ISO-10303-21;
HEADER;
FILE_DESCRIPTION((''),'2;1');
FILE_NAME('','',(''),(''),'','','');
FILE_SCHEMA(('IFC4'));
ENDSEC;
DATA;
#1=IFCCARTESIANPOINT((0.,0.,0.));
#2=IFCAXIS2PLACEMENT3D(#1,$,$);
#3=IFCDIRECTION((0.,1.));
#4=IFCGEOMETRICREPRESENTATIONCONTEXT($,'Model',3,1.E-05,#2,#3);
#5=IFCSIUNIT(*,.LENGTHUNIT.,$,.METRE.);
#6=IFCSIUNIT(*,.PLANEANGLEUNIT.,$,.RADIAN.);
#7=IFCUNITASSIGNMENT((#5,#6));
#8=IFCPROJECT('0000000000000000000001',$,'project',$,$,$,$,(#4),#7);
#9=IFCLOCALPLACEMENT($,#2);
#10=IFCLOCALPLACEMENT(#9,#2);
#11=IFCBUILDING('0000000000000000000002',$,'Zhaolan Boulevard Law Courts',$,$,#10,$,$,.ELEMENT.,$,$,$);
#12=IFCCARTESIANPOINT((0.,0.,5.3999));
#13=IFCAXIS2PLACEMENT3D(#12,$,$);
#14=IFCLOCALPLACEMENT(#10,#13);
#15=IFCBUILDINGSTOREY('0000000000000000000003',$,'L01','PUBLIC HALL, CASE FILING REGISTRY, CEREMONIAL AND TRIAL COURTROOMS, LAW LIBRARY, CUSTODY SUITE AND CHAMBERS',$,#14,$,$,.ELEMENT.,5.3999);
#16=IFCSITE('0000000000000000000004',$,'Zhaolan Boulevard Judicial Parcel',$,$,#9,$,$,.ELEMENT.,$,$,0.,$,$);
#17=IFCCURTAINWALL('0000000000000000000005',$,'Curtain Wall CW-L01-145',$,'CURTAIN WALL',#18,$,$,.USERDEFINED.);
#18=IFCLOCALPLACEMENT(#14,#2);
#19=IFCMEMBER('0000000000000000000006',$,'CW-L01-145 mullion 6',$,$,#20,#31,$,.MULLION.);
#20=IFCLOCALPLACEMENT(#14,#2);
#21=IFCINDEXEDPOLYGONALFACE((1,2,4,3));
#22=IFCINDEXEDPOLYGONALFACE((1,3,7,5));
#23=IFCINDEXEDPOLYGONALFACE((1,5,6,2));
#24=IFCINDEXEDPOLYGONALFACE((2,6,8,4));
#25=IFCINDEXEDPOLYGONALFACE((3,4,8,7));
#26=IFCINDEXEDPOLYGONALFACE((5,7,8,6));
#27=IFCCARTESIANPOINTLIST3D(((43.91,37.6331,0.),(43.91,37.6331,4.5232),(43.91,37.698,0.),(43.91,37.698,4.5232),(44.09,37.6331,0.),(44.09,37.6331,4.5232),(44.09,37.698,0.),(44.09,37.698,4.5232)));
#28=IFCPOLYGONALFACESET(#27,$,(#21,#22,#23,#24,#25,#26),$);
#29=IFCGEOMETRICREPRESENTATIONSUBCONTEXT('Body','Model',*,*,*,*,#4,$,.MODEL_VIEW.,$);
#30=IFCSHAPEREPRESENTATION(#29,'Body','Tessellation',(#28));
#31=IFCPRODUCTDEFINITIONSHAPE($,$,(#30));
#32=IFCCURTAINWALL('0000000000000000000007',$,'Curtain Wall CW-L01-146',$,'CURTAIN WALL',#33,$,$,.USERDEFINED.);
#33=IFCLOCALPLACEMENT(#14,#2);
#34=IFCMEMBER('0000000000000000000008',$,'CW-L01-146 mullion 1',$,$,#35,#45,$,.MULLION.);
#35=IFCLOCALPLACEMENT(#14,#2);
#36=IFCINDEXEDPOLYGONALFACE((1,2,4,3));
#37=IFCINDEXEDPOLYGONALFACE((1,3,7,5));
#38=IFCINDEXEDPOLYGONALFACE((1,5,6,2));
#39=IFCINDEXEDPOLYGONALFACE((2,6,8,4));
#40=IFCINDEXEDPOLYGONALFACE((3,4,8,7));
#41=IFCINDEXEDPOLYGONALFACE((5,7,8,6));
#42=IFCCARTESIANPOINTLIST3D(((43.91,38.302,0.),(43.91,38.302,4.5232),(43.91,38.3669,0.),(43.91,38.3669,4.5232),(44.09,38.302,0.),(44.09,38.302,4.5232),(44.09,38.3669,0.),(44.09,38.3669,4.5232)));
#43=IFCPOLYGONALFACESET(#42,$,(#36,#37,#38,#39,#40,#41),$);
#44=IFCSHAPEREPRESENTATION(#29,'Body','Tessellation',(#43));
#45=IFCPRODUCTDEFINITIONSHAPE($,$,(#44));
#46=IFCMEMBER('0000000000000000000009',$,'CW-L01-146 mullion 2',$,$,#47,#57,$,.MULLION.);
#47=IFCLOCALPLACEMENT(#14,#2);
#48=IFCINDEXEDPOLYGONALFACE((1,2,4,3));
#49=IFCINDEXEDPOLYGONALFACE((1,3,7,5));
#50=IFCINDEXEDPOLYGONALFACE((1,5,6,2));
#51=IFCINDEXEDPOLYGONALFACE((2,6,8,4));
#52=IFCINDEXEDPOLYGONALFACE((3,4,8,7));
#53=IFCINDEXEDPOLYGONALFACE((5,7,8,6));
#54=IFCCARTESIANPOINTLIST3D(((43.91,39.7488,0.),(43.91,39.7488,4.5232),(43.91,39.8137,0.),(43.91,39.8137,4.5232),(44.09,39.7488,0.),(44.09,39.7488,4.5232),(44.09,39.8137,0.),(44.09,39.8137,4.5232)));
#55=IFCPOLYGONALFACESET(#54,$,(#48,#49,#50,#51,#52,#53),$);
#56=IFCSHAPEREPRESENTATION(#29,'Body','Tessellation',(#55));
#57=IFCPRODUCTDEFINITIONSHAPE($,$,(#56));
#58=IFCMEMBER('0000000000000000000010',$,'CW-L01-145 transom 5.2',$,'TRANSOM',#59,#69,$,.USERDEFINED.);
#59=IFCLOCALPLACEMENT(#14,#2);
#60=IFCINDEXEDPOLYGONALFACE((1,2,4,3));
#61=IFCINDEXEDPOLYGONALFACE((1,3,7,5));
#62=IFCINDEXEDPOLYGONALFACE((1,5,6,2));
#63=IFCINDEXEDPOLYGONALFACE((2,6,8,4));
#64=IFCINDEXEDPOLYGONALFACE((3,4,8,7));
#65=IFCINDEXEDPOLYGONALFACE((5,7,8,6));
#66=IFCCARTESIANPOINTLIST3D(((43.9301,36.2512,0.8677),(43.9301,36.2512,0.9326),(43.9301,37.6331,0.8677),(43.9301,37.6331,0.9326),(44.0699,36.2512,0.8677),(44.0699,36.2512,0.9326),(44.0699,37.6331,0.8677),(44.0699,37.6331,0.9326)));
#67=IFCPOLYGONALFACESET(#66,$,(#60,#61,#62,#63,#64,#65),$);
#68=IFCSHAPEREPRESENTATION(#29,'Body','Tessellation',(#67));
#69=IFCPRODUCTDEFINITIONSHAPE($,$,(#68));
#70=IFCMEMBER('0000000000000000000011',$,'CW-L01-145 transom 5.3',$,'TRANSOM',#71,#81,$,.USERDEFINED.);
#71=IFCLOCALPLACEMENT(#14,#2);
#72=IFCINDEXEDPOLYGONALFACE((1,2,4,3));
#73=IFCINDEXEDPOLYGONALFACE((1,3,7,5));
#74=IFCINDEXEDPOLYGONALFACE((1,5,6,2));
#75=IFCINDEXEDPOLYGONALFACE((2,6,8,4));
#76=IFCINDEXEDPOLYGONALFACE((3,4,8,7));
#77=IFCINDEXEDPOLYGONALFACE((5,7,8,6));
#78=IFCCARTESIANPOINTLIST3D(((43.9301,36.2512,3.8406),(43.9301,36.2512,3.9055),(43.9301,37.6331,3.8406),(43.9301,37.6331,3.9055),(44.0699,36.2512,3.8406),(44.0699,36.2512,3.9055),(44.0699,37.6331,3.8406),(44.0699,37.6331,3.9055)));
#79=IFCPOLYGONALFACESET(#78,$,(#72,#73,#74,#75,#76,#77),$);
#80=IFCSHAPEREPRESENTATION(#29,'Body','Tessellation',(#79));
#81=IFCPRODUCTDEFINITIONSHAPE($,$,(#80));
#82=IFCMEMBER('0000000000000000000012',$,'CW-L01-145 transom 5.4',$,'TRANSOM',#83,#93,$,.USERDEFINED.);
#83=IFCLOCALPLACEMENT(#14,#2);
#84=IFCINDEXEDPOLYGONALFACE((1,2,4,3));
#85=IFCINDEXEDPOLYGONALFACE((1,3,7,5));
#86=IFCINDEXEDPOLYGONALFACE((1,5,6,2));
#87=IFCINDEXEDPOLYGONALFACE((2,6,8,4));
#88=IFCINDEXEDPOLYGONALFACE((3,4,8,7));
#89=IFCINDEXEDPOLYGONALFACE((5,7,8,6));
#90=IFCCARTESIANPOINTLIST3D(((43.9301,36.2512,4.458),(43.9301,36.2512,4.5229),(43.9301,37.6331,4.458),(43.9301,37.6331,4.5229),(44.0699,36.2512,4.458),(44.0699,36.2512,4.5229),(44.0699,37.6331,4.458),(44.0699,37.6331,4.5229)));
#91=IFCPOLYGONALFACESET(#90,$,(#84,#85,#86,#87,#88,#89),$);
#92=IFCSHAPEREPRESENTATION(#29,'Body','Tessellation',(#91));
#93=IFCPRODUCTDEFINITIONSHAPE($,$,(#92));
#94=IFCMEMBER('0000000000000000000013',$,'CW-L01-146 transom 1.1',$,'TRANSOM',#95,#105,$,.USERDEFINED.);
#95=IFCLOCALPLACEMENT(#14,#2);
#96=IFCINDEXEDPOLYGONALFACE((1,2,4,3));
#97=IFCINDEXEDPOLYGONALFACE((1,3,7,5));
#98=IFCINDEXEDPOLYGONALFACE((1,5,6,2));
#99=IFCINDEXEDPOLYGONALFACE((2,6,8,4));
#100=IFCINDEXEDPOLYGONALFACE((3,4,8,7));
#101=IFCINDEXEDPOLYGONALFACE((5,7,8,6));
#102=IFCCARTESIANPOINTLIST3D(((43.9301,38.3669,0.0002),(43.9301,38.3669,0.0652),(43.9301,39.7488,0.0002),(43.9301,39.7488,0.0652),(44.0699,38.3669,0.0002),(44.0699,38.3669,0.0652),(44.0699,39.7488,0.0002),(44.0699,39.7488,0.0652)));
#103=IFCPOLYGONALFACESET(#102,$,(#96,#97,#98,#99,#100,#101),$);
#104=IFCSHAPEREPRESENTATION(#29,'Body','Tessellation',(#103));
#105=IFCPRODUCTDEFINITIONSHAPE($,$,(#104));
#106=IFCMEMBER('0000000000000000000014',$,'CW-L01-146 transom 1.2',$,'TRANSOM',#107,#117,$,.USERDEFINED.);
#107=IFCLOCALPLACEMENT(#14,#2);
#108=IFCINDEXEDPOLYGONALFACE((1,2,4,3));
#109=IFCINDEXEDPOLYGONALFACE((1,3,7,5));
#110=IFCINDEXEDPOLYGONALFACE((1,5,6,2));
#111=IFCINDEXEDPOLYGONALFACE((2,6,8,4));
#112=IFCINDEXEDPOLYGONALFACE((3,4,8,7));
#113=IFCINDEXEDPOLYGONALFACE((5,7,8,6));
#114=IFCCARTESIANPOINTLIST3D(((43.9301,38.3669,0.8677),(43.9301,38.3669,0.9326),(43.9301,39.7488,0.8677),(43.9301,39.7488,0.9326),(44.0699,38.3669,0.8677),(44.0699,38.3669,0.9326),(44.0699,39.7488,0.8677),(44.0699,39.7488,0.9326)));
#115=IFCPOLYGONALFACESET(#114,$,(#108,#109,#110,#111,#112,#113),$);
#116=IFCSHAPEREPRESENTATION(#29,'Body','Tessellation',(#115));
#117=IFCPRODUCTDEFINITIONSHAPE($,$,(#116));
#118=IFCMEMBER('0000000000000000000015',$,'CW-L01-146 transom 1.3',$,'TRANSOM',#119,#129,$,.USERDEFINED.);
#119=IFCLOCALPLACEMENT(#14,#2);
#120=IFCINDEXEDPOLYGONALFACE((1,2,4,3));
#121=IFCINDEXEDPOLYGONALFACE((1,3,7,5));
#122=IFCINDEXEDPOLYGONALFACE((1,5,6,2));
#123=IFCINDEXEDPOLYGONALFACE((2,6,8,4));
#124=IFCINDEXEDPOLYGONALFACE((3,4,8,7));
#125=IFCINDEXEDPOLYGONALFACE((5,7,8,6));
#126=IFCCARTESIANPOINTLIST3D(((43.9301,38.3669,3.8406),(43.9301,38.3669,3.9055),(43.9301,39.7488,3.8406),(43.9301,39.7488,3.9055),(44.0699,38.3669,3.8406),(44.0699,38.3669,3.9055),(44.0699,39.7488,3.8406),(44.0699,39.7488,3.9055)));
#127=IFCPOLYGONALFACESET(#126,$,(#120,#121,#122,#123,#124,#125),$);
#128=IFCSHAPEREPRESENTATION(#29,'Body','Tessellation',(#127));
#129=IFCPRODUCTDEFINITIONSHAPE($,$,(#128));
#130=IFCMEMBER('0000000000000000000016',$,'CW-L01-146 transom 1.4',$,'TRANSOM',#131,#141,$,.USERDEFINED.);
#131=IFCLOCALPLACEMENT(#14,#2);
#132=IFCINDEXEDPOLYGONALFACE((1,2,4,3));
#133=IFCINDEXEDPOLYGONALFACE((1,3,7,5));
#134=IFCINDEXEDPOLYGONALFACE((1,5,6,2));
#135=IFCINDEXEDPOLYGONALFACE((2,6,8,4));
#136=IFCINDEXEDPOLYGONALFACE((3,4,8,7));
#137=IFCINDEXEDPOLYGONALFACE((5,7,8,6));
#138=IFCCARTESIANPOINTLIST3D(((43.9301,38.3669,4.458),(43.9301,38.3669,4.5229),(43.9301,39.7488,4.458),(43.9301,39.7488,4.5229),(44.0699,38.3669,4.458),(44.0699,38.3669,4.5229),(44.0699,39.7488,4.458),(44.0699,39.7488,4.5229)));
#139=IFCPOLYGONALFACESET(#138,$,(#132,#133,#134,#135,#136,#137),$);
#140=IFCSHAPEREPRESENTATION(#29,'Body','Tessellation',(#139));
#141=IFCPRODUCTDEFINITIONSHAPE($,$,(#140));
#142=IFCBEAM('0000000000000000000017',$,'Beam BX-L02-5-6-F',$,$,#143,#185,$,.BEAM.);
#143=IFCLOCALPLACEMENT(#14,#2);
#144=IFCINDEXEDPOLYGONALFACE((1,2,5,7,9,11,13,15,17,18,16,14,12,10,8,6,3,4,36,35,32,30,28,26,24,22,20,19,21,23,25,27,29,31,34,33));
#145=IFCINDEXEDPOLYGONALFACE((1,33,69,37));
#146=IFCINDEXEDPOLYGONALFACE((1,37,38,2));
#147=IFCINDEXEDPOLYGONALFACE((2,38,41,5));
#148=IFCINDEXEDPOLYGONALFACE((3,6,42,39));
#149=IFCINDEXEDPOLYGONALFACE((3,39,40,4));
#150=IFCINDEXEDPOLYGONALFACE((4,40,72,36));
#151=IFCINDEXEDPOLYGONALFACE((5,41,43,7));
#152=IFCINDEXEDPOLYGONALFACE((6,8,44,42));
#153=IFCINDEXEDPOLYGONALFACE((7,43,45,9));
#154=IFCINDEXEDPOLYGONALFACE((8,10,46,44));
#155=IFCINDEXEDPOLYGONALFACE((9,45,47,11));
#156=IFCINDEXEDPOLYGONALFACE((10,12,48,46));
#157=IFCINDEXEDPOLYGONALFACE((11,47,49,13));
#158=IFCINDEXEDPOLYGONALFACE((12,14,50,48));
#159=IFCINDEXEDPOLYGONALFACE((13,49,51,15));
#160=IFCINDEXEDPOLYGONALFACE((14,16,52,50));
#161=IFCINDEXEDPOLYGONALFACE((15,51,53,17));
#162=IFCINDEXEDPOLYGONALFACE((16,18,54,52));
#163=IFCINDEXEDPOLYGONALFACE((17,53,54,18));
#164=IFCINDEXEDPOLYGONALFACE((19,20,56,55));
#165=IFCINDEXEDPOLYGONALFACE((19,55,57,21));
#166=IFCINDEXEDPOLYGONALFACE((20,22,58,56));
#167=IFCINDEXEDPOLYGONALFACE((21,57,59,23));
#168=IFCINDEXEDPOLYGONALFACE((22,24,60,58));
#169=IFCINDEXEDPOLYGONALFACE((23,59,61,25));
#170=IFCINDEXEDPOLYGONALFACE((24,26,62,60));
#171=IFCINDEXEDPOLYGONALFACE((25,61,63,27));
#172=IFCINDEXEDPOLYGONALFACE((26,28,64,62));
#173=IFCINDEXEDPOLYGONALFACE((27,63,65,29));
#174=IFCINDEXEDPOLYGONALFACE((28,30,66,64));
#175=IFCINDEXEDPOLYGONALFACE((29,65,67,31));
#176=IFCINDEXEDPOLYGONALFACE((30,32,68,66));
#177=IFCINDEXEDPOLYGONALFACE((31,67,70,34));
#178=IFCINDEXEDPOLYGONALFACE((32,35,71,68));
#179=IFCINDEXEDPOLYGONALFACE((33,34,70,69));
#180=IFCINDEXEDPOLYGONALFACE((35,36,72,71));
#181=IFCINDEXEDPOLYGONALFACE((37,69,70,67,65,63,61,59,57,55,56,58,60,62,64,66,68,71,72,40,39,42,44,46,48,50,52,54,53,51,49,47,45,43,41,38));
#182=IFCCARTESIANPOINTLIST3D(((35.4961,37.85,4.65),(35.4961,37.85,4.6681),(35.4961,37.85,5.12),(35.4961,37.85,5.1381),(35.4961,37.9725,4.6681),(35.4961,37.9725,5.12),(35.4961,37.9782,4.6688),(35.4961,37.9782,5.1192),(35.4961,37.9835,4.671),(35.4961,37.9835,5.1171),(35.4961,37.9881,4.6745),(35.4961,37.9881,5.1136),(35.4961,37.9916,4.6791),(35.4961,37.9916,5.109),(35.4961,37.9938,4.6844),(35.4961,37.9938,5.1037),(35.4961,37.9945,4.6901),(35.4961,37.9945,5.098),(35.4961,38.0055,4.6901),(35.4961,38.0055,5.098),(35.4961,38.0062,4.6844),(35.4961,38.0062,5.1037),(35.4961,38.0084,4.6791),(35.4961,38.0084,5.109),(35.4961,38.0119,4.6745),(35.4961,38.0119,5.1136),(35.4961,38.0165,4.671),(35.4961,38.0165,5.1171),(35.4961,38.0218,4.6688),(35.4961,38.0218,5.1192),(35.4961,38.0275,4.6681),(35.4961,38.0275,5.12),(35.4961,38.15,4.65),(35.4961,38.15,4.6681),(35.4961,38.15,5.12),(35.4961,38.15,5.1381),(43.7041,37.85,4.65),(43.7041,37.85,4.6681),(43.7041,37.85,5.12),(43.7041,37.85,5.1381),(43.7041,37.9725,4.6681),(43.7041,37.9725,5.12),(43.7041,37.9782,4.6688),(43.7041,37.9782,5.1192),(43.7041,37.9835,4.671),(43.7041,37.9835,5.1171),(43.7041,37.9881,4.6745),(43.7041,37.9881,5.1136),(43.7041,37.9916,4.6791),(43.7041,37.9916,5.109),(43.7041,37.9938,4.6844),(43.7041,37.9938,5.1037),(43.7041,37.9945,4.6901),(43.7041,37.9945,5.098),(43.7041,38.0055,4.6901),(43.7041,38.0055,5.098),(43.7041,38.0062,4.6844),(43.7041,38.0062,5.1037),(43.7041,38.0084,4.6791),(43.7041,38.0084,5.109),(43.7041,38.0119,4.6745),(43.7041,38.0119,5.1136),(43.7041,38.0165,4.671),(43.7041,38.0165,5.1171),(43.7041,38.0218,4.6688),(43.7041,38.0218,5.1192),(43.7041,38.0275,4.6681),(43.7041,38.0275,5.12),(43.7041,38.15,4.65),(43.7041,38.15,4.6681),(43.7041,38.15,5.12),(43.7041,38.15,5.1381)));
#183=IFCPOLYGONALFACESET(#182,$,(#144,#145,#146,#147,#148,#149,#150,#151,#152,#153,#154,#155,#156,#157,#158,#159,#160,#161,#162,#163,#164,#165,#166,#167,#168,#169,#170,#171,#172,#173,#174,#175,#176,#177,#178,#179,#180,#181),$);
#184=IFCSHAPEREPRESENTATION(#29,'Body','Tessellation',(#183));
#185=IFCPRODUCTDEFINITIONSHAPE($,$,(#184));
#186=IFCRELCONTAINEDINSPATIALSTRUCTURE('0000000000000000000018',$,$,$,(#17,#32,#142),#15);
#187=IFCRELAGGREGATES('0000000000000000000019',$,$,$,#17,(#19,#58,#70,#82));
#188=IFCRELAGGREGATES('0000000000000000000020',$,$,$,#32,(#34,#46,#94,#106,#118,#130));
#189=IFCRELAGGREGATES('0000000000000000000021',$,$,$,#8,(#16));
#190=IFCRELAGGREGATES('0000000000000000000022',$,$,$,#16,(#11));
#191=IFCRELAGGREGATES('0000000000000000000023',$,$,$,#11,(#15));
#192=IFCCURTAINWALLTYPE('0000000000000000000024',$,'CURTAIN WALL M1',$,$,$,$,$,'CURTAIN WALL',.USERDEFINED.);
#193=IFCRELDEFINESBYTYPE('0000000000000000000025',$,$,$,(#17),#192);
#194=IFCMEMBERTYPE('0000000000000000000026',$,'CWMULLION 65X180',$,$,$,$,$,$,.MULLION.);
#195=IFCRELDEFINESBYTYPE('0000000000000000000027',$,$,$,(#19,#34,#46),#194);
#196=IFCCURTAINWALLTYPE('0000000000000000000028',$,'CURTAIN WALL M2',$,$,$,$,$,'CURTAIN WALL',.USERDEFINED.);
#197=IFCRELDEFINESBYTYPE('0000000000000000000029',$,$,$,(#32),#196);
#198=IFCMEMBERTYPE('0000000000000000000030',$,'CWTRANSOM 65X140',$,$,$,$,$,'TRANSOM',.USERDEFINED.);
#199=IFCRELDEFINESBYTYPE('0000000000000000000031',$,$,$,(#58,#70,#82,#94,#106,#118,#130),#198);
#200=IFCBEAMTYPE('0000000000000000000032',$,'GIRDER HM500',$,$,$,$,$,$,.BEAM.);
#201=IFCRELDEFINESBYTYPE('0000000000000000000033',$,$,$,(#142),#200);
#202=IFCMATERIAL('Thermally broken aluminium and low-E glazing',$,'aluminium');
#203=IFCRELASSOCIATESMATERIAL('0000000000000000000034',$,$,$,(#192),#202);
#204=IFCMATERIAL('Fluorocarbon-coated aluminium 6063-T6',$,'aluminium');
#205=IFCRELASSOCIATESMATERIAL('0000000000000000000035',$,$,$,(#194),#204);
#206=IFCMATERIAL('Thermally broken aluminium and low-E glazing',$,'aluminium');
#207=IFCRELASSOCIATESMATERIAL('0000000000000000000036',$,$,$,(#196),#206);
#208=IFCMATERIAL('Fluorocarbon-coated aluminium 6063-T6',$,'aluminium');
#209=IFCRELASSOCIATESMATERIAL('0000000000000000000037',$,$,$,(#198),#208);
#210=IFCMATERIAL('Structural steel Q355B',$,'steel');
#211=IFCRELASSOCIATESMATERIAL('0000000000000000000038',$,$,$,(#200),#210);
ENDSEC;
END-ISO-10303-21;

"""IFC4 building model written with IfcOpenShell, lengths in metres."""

from ifc_helpers import new_model, si_unit, direction, frame, origin, origin_2d, place, context, subcontext, project, spatial, rectangle, i_section, extrude, material, material_profile, profile_set, type_object, element, aggregate, save


model = new_model("IFC4")

# Units and contexts
model_context = context("Model", 3, precision=1e-05, world=origin(), true_north=direction((0.0, 1.0)))
body_context = subcontext(model_context, "Body", "Model", "MODEL_VIEW")
ifc_project = project(units=[si_unit("LENGTHUNIT", "METRE"), si_unit("PLANEANGLEUNIT", "RADIAN")], contexts=[model_context])

# Site, building, storey
site_placement = place(None, origin())
site = spatial("IfcSite", under=ifc_project, at=site_placement, Name="Zhaolan Boulevard Judicial Parcel", CompositionType="ELEMENT", RefElevation=0.0)
building_placement = place(site_placement, origin())
building = spatial("IfcBuilding", under=site, at=building_placement, Name="Zhaolan Boulevard Law Courts", CompositionType="ELEMENT")
storey_placement = place(building_placement, frame((0.0, 0.0, 5.3999)))
storey = spatial("IfcBuildingStorey", under=building, at=storey_placement, Name="L01", Description="PUBLIC HALL, CASE FILING REGISTRY, CEREMONIAL AND TRIAL COURTROOMS, LAW LIBRARY, CUSTODY SUITE AND CHAMBERS", CompositionType="ELEMENT", Elevation=5.3999)

# Curtain wall, member
ifc_material_1 = material(Name="Thermally broken aluminium and low-E glazing", Category="aluminium")
curtain_wall_type_1 = type_object("IfcCurtainWallType", Name="CURTAIN WALL M1", ElementType="CURTAIN WALL", PredefinedType="USERDEFINED", material=ifc_material_1)
curtain_wall_1_placement = place(storey_placement, origin())
curtain_wall_1 = element("IfcCurtainWall", 1, at=curtain_wall_1_placement, inside=storey, type_object=curtain_wall_type_1, Name="Curtain Wall CW-L01-145", ObjectType="CURTAIN WALL", PredefinedType="USERDEFINED")
ifc_material_2 = material(Name="Fluorocarbon-coated aluminium 6063-T6", Category="aluminium")
ifc_material_profile_1 = material_profile(ifc_material_2, rectangle(XDim=0.1799, YDim=0.0649, at=origin_2d()), Name="AL65x180")
ifc_profile_set_1 = profile_set([ifc_material_profile_1], Name="Fluorocarbon-coated aluminium 6063-T6")
member_type_1 = type_object("IfcMemberType", Name="CWMULLION 65X180", PredefinedType="MULLION", material=ifc_profile_set_1)
member_1_placement = place(storey_placement, frame((44.0, 37.6655, 0.0), z_axis=(0.0, 0.0, 1.0), x_axis=(-1.0, 0.0, 0.0)))
member_1 = element("IfcMember", 2, at=member_1_placement, type_object=member_type_1, Name="CW-L01-145 mullion 6", PredefinedType="MULLION", context=body_context, shape_type="SweptSolid", body=[
    extrude(rectangle(XDim=0.1799, YDim=0.0649, at=origin_2d()), origin(), (0.0, 0.0, 1.0), 4.5232),
])

# Curtain wall, members
ifc_material_3 = material(Name="Thermally broken aluminium and low-E glazing", Category="aluminium")
curtain_wall_type_2 = type_object("IfcCurtainWallType", Name="CURTAIN WALL M2", ElementType="CURTAIN WALL", PredefinedType="USERDEFINED", material=ifc_material_3)
curtain_wall_2_placement = place(storey_placement, origin())
curtain_wall_2 = element("IfcCurtainWall", 3, at=curtain_wall_2_placement, inside=storey, type_object=curtain_wall_type_2, Name="Curtain Wall CW-L01-146", ObjectType="CURTAIN WALL", PredefinedType="USERDEFINED")
member_2_placement = place(storey_placement, frame((44.0, 38.3345, 0.0), z_axis=(0.0, 0.0, 1.0), x_axis=(-1.0, 0.0, 0.0)))
member_2 = element("IfcMember", 4, at=member_2_placement, type_object=member_type_1, Name="CW-L01-146 mullion 1", PredefinedType="MULLION", context=body_context, shape_type="SweptSolid", body=[
    extrude(rectangle(XDim=0.1799, YDim=0.0649, at=origin_2d()), origin(), (0.0, 0.0, 1.0), 4.5232),
])
member_3_placement = place(storey_placement, frame((44.0, 39.7812, 0.0), z_axis=(0.0, 0.0, 1.0), x_axis=(-1.0, 0.0, 0.0)))
member_3 = element("IfcMember", 5, at=member_3_placement, type_object=member_type_1, Name="CW-L01-146 mullion 2", PredefinedType="MULLION", context=body_context, shape_type="SweptSolid", body=[
    extrude(rectangle(XDim=0.1799, YDim=0.0649, at=origin_2d()), origin(), (0.0, 0.0, 1.0), 4.5232),
])

# Members
ifc_material_4 = material(Name="Fluorocarbon-coated aluminium 6063-T6", Category="aluminium")
ifc_material_profile_2 = material_profile(ifc_material_4, rectangle(XDim=0.1399, YDim=0.0649, at=origin_2d()), Name="AL65x140")
ifc_profile_set_2 = profile_set([ifc_material_profile_2], Name="Fluorocarbon-coated aluminium 6063-T6")
member_type_2 = type_object("IfcMemberType", Name="CWTRANSOM 65X140", ElementType="TRANSOM", PredefinedType="USERDEFINED", material=ifc_profile_set_2)
member_4_placement = place(storey_placement, frame((44.0, 36.2512, 0.9001), z_axis=(0.0, 1.0, 0.0), x_axis=(-1.0, 0.0, 0.0)))
member_4 = element("IfcMember", 6, at=member_4_placement, type_object=member_type_2, Name="CW-L01-145 transom 5.2", ObjectType="TRANSOM", PredefinedType="USERDEFINED", context=body_context, shape_type="SweptSolid", body=[
    extrude(rectangle(XDim=0.1399, YDim=0.0649, at=origin_2d()), origin(), (0.0, 0.0, 1.0), 1.3818),
])
member_5_placement = place(storey_placement, frame((44.0, 36.2512, 3.873), z_axis=(0.0, 1.0, 0.0), x_axis=(-1.0, 0.0, 0.0)))
member_5 = element("IfcMember", 7, at=member_5_placement, type_object=member_type_2, Name="CW-L01-145 transom 5.3", ObjectType="TRANSOM", PredefinedType="USERDEFINED", context=body_context, shape_type="SweptSolid", body=[
    extrude(rectangle(XDim=0.1399, YDim=0.0649, at=origin_2d()), origin(), (0.0, 0.0, 1.0), 1.3818),
])
member_6_placement = place(storey_placement, frame((44.0, 36.2512, 4.4905), z_axis=(0.0, 1.0, 0.0), x_axis=(-1.0, 0.0, 0.0)))
member_6 = element("IfcMember", 8, at=member_6_placement, type_object=member_type_2, Name="CW-L01-145 transom 5.4", ObjectType="TRANSOM", PredefinedType="USERDEFINED", context=body_context, shape_type="SweptSolid", body=[
    extrude(rectangle(XDim=0.1399, YDim=0.0649, at=origin_2d()), origin(), (0.0, 0.0, 1.0), 1.3818),
])
member_7_placement = place(storey_placement, frame((44.0, 38.3669, 0.0327), z_axis=(0.0, 1.0, 0.0), x_axis=(-1.0, 0.0, 0.0)))
member_7 = element("IfcMember", 9, at=member_7_placement, type_object=member_type_2, Name="CW-L01-146 transom 1.1", ObjectType="TRANSOM", PredefinedType="USERDEFINED", context=body_context, shape_type="SweptSolid", body=[
    extrude(rectangle(XDim=0.1399, YDim=0.0649, at=origin_2d()), origin(), (0.0, 0.0, 1.0), 1.3818),
])
member_8_placement = place(storey_placement, frame((44.0, 38.3669, 0.9001), z_axis=(0.0, 1.0, 0.0), x_axis=(-1.0, 0.0, 0.0)))
member_8 = element("IfcMember", 10, at=member_8_placement, type_object=member_type_2, Name="CW-L01-146 transom 1.2", ObjectType="TRANSOM", PredefinedType="USERDEFINED", context=body_context, shape_type="SweptSolid", body=[
    extrude(rectangle(XDim=0.1399, YDim=0.0649, at=origin_2d()), origin(), (0.0, 0.0, 1.0), 1.3818),
])
member_9_placement = place(storey_placement, frame((44.0, 38.3669, 3.873), z_axis=(0.0, 1.0, 0.0), x_axis=(-1.0, 0.0, 0.0)))
member_9 = element("IfcMember", 11, at=member_9_placement, type_object=member_type_2, Name="CW-L01-146 transom 1.3", ObjectType="TRANSOM", PredefinedType="USERDEFINED", context=body_context, shape_type="SweptSolid", body=[
    extrude(rectangle(XDim=0.1399, YDim=0.0649, at=origin_2d()), origin(), (0.0, 0.0, 1.0), 1.3818),
])
member_10_placement = place(storey_placement, frame((44.0, 38.3669, 4.4905), z_axis=(0.0, 1.0, 0.0), x_axis=(-1.0, 0.0, 0.0)))
member_10 = element("IfcMember", 12, at=member_10_placement, type_object=member_type_2, Name="CW-L01-146 transom 1.4", ObjectType="TRANSOM", PredefinedType="USERDEFINED", context=body_context, shape_type="SweptSolid", body=[
    extrude(rectangle(XDim=0.1399, YDim=0.0649, at=origin_2d()), origin(), (0.0, 0.0, 1.0), 1.3818),
])

# Beam
ifc_material_5 = material(Name="Structural steel Q355B", Category="steel")
ifc_material_profile_3 = material_profile(ifc_material_5, i_section(OverallWidth=0.3, OverallDepth=0.488, WebThickness=0.011, FlangeThickness=0.0181, FilletRadius=0.022, at=origin_2d()), Name="HM488x300")
ifc_profile_set_3 = profile_set([ifc_material_profile_3], Name="Structural steel Q355B")
beam_type_1 = type_object("IfcBeamType", Name="GIRDER HM500", PredefinedType="BEAM", material=ifc_profile_set_3)
beam_1_placement = place(storey_placement, frame((35.4961, 38.0, 4.894), z_axis=(1.0, 0.0, 0.0), x_axis=(0.0, 1.0, 0.0)))
element("IfcBeam", 13, at=beam_1_placement, inside=storey, type_object=beam_type_1, Name="Beam BX-L02-5-6-F", PredefinedType="BEAM", context=body_context, shape_type="SweptSolid", body=[
    extrude(i_section(OverallWidth=0.3, OverallDepth=0.488, WebThickness=0.011, FlangeThickness=0.0181, FilletRadius=0.022, at=origin_2d()), origin(), (0.0, 0.0, 1.0), 8.208),
])

aggregate(curtain_wall_1, [member_1, member_4, member_5, member_6])
aggregate(curtain_wall_2, [member_2, member_3, member_7, member_8, member_9, member_10])

save(model, "model.ifc")
